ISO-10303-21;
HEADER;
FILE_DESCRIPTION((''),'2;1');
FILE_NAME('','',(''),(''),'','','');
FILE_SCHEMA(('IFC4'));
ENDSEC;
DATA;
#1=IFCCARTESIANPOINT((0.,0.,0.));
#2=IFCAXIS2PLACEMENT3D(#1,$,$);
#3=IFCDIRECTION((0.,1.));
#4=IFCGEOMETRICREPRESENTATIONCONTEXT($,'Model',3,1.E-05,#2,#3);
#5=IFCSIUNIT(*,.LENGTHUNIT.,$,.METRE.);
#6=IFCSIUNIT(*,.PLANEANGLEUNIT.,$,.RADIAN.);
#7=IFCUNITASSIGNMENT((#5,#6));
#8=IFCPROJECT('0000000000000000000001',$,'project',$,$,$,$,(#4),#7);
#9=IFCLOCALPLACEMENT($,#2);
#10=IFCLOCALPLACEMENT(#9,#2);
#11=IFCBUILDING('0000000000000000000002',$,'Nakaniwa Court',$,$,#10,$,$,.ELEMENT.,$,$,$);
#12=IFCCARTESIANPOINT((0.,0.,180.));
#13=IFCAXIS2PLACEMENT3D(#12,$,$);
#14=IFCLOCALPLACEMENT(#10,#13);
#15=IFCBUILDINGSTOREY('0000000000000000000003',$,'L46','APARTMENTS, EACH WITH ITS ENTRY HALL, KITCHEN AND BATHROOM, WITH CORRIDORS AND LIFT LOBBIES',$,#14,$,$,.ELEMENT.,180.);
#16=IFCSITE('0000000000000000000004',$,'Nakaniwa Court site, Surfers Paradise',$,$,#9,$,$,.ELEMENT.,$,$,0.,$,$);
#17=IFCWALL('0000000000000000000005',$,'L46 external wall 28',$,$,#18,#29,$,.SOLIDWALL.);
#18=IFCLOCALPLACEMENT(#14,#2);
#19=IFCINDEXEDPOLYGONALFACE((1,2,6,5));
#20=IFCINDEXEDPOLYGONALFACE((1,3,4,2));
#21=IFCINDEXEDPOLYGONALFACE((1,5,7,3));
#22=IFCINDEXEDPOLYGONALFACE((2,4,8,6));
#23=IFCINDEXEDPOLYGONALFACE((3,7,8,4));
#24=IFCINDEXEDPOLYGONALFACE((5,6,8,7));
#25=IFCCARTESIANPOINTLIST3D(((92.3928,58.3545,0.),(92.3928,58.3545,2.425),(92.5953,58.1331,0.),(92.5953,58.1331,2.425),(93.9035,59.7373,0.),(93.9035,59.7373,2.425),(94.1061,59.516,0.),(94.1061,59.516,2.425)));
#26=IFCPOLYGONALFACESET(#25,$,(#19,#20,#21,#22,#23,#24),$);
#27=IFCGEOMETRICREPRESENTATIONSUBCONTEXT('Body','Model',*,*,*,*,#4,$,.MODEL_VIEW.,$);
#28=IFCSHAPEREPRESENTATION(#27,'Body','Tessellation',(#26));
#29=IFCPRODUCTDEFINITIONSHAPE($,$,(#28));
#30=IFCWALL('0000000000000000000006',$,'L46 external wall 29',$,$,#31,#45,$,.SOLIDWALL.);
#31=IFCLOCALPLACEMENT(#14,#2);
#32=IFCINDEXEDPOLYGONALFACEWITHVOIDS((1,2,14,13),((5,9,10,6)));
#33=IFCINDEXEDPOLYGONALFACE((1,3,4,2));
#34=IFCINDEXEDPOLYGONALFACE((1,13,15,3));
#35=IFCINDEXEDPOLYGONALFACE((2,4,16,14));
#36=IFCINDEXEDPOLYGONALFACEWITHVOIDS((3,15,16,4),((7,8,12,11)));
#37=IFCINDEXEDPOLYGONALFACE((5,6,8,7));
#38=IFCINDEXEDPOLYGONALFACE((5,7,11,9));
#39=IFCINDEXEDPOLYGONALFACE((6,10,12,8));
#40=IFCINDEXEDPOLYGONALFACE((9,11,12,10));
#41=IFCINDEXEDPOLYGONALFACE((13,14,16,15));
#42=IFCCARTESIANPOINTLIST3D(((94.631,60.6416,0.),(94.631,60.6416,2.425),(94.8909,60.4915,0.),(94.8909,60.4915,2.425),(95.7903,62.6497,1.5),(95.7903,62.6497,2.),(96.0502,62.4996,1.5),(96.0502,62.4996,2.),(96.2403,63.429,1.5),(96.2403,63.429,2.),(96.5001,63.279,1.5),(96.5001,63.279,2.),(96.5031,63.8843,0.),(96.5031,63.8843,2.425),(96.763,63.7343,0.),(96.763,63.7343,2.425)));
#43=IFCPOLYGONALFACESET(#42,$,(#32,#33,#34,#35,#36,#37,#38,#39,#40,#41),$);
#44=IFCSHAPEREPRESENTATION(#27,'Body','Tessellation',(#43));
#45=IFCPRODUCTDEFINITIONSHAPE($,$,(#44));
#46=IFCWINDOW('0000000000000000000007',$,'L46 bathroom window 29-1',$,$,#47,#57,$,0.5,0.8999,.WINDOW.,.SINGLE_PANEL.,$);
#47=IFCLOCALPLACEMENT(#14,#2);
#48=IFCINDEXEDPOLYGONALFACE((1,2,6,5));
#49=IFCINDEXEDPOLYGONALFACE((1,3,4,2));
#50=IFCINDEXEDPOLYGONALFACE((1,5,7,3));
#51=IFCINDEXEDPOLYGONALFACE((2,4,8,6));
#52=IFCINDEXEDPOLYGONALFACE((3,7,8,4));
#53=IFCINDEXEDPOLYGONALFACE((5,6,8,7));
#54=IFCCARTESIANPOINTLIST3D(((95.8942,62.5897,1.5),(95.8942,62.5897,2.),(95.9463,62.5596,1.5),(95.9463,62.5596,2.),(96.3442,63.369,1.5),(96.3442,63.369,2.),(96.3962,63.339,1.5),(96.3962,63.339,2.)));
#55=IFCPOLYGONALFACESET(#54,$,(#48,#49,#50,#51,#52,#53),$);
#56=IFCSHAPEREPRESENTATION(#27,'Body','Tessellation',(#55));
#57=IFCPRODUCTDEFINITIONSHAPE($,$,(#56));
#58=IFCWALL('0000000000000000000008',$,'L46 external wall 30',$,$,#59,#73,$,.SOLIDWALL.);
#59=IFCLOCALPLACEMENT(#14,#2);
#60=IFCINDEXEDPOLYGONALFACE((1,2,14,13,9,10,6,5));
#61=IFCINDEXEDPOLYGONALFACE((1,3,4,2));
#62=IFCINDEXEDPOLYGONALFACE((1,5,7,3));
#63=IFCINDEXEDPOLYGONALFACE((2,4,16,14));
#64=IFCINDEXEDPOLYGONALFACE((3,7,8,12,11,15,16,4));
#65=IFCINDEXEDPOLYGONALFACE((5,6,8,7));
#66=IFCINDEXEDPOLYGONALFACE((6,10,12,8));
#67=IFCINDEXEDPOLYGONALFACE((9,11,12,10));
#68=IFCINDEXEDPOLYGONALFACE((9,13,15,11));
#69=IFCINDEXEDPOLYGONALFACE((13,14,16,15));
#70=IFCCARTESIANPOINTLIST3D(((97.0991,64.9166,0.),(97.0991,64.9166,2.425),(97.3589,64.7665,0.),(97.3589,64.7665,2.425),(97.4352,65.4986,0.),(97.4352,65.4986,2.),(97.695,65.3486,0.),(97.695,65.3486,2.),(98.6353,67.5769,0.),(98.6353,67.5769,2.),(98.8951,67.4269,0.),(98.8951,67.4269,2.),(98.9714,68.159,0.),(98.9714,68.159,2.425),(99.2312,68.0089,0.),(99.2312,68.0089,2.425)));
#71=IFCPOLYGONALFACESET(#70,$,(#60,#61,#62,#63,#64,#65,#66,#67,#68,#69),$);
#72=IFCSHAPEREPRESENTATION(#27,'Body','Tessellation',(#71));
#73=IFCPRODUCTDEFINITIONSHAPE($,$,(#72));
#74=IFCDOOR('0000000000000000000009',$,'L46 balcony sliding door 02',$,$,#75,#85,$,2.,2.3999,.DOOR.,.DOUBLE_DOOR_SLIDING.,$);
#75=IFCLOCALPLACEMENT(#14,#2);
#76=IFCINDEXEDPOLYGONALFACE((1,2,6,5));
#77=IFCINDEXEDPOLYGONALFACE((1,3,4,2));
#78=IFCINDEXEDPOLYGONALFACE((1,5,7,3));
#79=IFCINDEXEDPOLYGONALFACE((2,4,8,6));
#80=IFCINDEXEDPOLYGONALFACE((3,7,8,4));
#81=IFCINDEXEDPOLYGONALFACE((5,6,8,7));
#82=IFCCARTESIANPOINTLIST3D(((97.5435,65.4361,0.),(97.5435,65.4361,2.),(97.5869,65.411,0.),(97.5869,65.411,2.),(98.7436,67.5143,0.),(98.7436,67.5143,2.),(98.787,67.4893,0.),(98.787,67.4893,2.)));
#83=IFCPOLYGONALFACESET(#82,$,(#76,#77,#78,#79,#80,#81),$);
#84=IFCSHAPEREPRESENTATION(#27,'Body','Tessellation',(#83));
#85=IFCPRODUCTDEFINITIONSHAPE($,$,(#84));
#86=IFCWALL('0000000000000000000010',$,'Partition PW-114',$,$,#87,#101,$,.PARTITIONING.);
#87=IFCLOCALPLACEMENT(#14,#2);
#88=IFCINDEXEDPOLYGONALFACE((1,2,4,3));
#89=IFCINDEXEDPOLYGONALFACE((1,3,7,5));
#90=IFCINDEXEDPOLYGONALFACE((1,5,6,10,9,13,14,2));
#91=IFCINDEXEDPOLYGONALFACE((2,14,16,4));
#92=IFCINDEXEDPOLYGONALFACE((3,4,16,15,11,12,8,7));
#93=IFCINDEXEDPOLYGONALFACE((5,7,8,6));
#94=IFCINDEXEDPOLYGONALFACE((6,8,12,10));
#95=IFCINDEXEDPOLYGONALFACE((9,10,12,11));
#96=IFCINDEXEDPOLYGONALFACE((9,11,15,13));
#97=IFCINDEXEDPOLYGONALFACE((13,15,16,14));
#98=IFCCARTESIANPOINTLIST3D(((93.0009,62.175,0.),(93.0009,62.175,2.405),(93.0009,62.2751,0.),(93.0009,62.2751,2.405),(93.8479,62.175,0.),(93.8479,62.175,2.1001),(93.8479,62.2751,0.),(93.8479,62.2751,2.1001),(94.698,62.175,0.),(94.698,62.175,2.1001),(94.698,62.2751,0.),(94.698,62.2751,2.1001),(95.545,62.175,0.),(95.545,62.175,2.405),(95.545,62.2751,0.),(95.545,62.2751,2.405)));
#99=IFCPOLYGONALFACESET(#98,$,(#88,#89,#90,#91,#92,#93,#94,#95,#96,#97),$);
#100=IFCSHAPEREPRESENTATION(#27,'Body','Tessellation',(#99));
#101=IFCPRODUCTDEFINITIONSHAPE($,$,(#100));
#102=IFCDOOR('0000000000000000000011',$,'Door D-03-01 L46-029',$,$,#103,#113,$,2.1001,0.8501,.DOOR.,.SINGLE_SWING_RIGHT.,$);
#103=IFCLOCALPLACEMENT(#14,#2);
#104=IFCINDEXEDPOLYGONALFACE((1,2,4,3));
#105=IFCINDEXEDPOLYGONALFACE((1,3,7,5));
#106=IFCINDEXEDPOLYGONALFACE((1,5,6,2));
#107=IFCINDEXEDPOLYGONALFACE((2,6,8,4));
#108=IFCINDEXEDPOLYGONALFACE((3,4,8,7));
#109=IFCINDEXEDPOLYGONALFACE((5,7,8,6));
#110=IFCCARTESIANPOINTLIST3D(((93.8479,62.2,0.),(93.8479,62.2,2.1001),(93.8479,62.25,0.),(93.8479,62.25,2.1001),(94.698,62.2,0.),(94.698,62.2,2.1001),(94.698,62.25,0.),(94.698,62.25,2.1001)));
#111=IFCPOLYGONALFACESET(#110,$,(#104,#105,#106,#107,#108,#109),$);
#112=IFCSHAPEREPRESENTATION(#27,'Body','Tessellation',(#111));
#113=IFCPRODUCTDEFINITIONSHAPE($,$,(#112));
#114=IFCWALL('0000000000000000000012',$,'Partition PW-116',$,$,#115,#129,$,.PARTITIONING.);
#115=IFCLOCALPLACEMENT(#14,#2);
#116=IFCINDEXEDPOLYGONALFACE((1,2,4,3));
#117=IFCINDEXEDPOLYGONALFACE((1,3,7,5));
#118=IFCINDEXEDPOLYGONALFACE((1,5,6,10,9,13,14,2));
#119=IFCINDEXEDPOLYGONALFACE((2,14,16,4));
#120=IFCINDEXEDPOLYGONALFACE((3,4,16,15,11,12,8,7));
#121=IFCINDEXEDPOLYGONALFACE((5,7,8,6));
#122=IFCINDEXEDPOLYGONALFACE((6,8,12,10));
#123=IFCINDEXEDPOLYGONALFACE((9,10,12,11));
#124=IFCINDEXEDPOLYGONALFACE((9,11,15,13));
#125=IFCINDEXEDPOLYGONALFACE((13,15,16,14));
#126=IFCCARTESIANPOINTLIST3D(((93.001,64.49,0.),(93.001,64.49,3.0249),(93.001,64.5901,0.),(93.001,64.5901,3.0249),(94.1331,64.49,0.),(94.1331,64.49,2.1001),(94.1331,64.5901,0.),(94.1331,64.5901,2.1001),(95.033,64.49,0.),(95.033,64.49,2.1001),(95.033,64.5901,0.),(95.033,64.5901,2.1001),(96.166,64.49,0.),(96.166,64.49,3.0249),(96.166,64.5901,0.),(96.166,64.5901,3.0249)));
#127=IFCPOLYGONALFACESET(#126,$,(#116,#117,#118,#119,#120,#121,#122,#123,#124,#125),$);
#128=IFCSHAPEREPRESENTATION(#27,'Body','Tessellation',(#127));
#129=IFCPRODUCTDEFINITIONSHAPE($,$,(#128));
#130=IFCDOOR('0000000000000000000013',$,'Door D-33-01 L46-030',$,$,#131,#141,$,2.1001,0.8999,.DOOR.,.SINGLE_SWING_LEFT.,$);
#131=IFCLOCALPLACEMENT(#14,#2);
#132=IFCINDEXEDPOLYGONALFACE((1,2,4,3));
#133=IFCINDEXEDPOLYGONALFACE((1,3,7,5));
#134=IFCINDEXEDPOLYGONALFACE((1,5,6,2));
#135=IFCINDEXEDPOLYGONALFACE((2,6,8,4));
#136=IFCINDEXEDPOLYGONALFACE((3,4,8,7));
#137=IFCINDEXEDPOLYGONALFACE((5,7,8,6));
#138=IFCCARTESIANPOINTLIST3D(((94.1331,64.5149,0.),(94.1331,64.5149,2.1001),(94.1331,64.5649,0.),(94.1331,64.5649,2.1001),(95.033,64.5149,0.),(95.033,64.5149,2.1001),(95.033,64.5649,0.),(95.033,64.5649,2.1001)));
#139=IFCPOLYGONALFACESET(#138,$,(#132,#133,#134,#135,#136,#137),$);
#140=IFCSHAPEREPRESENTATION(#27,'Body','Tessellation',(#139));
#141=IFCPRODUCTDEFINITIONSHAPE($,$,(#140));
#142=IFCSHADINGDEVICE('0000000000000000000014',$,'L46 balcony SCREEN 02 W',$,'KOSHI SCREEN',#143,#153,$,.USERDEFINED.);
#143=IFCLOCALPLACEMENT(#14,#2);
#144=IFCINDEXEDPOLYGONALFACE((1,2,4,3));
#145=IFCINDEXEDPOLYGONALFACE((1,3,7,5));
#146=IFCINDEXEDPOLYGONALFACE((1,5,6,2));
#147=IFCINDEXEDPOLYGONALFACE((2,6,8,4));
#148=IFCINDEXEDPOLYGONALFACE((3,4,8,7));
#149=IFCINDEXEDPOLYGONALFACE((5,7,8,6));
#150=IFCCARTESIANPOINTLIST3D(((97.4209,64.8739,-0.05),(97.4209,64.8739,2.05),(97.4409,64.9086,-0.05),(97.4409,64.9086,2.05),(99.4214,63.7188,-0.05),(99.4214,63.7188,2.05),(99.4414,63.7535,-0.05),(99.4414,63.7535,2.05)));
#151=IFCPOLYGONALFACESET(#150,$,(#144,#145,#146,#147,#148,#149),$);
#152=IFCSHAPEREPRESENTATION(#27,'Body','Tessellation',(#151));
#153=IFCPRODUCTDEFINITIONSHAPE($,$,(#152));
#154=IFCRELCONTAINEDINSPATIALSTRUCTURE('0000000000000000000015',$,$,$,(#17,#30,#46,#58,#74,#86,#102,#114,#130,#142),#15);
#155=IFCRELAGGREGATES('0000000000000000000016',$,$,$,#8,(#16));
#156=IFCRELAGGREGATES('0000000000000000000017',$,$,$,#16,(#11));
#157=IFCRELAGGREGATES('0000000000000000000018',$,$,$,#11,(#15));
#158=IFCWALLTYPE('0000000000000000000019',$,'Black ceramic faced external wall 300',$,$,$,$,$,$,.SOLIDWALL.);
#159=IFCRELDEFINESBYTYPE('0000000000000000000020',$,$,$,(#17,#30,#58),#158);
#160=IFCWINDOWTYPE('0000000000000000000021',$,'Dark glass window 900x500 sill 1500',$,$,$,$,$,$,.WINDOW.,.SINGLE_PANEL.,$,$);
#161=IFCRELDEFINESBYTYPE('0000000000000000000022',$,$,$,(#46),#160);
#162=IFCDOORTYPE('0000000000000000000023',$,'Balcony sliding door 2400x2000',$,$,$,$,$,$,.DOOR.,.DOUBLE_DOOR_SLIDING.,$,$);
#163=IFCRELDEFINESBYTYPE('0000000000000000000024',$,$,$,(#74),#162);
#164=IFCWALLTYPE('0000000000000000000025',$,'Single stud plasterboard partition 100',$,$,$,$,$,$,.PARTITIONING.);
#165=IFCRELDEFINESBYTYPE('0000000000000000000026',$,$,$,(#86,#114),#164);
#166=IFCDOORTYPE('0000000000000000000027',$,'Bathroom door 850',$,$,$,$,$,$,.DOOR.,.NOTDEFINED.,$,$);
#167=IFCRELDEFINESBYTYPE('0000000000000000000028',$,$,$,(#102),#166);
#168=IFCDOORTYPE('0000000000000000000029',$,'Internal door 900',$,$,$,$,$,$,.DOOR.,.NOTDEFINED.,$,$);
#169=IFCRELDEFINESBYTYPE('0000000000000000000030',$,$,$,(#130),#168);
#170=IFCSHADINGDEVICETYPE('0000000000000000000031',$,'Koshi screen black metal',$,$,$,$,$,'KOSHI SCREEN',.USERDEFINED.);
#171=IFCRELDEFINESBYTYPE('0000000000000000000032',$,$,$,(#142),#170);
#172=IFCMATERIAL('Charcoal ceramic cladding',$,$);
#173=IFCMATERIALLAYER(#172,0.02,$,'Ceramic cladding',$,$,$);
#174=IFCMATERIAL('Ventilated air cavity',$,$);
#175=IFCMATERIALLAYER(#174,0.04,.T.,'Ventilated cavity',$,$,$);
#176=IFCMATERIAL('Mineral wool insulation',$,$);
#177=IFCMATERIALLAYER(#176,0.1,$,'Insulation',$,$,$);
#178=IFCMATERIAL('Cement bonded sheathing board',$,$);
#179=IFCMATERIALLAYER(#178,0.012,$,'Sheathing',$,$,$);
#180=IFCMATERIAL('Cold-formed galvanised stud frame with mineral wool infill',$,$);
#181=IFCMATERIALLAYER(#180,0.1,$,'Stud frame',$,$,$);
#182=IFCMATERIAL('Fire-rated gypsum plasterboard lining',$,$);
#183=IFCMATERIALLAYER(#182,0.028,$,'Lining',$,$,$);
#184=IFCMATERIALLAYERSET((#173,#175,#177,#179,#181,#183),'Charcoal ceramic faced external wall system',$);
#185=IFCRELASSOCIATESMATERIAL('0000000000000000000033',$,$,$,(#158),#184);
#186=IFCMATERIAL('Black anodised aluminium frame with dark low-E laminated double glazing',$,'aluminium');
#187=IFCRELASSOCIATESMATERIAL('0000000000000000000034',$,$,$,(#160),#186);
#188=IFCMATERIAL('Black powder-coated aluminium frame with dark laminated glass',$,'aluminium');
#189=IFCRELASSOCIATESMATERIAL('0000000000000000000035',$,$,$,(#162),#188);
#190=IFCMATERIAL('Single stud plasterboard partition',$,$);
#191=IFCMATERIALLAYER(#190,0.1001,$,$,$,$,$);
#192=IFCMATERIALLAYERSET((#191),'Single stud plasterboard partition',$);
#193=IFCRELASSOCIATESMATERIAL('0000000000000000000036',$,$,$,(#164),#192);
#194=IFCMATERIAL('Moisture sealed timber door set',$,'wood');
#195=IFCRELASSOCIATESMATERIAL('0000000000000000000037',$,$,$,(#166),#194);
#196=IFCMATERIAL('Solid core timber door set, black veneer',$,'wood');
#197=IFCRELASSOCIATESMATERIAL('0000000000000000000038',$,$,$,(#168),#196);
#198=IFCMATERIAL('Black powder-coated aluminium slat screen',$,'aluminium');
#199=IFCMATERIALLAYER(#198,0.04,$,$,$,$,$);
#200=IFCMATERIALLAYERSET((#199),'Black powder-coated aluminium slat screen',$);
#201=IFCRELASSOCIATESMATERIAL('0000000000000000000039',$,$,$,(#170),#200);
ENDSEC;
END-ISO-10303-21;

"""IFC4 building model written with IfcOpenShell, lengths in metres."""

from ifc_helpers import new_model, si_unit, direction, frame, frame_2d, origin, origin_2d, place, context, subcontext, project, spatial, rectangle, extrude, material, layer, layer_set, type_object, element, fill, save


model = new_model("IFC4")

# Units and contexts
model_context = context("Model", 3, precision=1e-05, world=origin(), true_north=direction((0.0, 1.0)))
body_context = subcontext(model_context, "Body", "Model", "MODEL_VIEW")
ifc_project = project(units=[si_unit("LENGTHUNIT", "METRE"), si_unit("PLANEANGLEUNIT", "RADIAN")], contexts=[model_context])

# Site, building, storey
site_placement = place(None, origin())
site = spatial("IfcSite", under=ifc_project, at=site_placement, Name="Nakaniwa Court site, Surfers Paradise", CompositionType="ELEMENT", RefElevation=0.0)
building_placement = place(site_placement, origin())
building = spatial("IfcBuilding", under=site, at=building_placement, Name="Nakaniwa Court", CompositionType="ELEMENT")
storey_placement = place(building_placement, frame((0.0, 0.0, 180.0)))
storey = spatial("IfcBuildingStorey", under=building, at=storey_placement, Name="L46", Description="APARTMENTS, EACH WITH ITS ENTRY HALL, KITCHEN AND BATHROOM, WITH CORRIDORS AND LIFT LOBBIES", CompositionType="ELEMENT", Elevation=180.0)

# Shared definitions
ifc_material_1 = material(Name="Solid core timber door set, black veneer", Category="wood")

# Shared definitions
ifc_material_2 = material(Name="Charcoal ceramic cladding")
ifc_layer_1 = layer(ifc_material_2, 0.02, Name="Ceramic cladding")
ifc_material_3 = material(Name="Ventilated air cavity")
ifc_layer_2 = layer(ifc_material_3, 0.04, ventilated=True, Name="Ventilated cavity")
ifc_material_4 = material(Name="Mineral wool insulation")
ifc_layer_3 = layer(ifc_material_4, 0.1, Name="Insulation")
ifc_material_5 = material(Name="Cement bonded sheathing board")
ifc_layer_4 = layer(ifc_material_5, 0.012, Name="Sheathing")
ifc_material_6 = material(Name="Cold-formed galvanised stud frame with mineral wool infill")
ifc_layer_5 = layer(ifc_material_6, 0.1, Name="Stud frame")
ifc_material_7 = material(Name="Fire-rated gypsum plasterboard lining")
ifc_layer_6 = layer(ifc_material_7, 0.028, Name="Lining")
ifc_layer_set_1 = layer_set([ifc_layer_1, ifc_layer_2, ifc_layer_3, ifc_layer_4, ifc_layer_5, ifc_layer_6], Name="Charcoal ceramic faced external wall system")
wall_type_1 = type_object("IfcWallType", Name="Black ceramic faced external wall 300", PredefinedType="SOLIDWALL", material=ifc_layer_set_1)
ifc_material_8 = material(Name="Black anodised aluminium frame with dark low-E laminated double glazing", Category="aluminium")

# Wall
wall_1_placement = place(storey_placement, frame((92.4941, 58.2439, 0.0), z_axis=(0.0, 0.0, 1.0), x_axis=(0.737649, 0.675185, 0.0)))
element("IfcWall", 1, at=wall_1_placement, inside=storey, type_object=wall_type_1, Name="L46 external wall 28", PredefinedType="SOLIDWALL", context=body_context, shape_type="SweptSolid", body=[
    extrude(rectangle(XDim=2.0481, YDim=0.3, at=frame_2d((1.0239, 0.0))), origin(), (0.0, 0.0, 1.0), 2.425),
])

# Wall, opening, window
wall_2_placement = place(storey_placement, frame((94.761, 60.5667, 0.0), z_axis=(0.0, 0.0, 1.0), x_axis=(0.499982, 0.866036, 0.0)))
wall_2 = element("IfcWall", 2, at=wall_2_placement, inside=storey, type_object=wall_type_1, Name="L46 external wall 29", PredefinedType="SOLIDWALL", context=body_context, shape_type="SweptSolid", body=[
    extrude(rectangle(XDim=3.7444, YDim=0.3, at=frame_2d((1.8721, 0.0))), origin(), (0.0, 0.0, 1.0), 2.425),
])
opening_1_placement = place(wall_2_placement, frame((2.3186, 0.0, 1.5)))
opening_1 = element("IfcOpeningElement", 3, at=opening_1_placement, cuts=wall_2, PredefinedType="OPENING", context=body_context, shape_type="SweptSolid", body=[
    extrude(rectangle(XDim=0.8999, YDim=0.5, at=frame_2d((0.45, 0.25))), frame((0.0, 0.1599, 0.0), z_axis=(0.0, -1.0, 0.0), x_axis=(1.0, 0.0, 0.0)), (0.0, 0.0, 1.0), 0.3201),
])
window_type_1 = type_object("IfcWindowType", Name="Dark glass window 900x500 sill 1500", PartitioningType="SINGLE_PANEL", PredefinedType="WINDOW", material=ifc_material_8)
window_1_placement = place(opening_1_placement, origin())
window_1 = element("IfcWindow", 4, at=window_1_placement, inside=storey, type_object=window_type_1, Name="L46 bathroom window 29-1", OverallHeight=0.5, OverallWidth=0.8999, PartitioningType="SINGLE_PANEL", PredefinedType="WINDOW", context=body_context, shape_type="SweptSolid", body=[
    extrude(rectangle(XDim=0.8999, YDim=0.5, at=frame_2d((0.45, 0.25))), frame((0.0, 0.03, 0.0), z_axis=(0.0, -1.0, 0.0), x_axis=(1.0, 0.0, 0.0)), (0.0, 0.0, 1.0), 0.0601),
])
fill(opening_1, window_1)

# Walls, openings, doors
wall_3_placement = place(storey_placement, frame((97.229, 64.8416, 0.0), z_axis=(0.0, 0.0, 1.0), x_axis=(0.500059, 0.865991, 0.0)))
wall_3 = element("IfcWall", 5, at=wall_3_placement, inside=storey, type_object=wall_type_1, Name="L46 external wall 30", PredefinedType="SOLIDWALL", context=body_context, shape_type="SweptSolid", body=[
    extrude(rectangle(XDim=3.7441, YDim=0.3, at=frame_2d((1.8721, 0.0))), origin(), (0.0, 0.0, 1.0), 2.425),
])
opening_2_placement = place(wall_3_placement, frame((0.6721, 0.0, 0.0)))
opening_2 = element("IfcOpeningElement", 6, at=opening_2_placement, cuts=wall_3, PredefinedType="OPENING", context=body_context, shape_type="SweptSolid", body=[
    extrude(rectangle(XDim=2.3999, YDim=2.0, at=frame_2d((1.2, 1.0))), frame((0.0, 0.1599, 0.0), z_axis=(0.0, -1.0, 0.0), x_axis=(1.0, 0.0, 0.0)), (0.0, 0.0, 1.0), 0.3201),
])
ifc_material_9 = material(Name="Black powder-coated aluminium frame with dark laminated glass", Category="aluminium")
door_type_1 = type_object("IfcDoorType", Name="Balcony sliding door 2400x2000", OperationType="DOUBLE_DOOR_SLIDING", PredefinedType="DOOR", material=ifc_material_9)
door_1_placement = place(opening_2_placement, origin())
door_1 = element("IfcDoor", 7, at=door_1_placement, inside=storey, type_object=door_type_1, Name="L46 balcony sliding door 02", OperationType="DOUBLE_DOOR_SLIDING", OverallHeight=2.0, OverallWidth=2.3999, PredefinedType="DOOR", context=body_context, shape_type="SweptSolid", body=[
    extrude(rectangle(XDim=2.3999, YDim=2.0, at=frame_2d((1.2, 1.0))), frame((0.0, 0.0249, 0.0), z_axis=(0.0, -1.0, 0.0), x_axis=(1.0, 0.0, 0.0)), (0.0, 0.0, 1.0), 0.05),
])
fill(opening_2, door_1)
ifc_material_10 = material(Name="Single stud plasterboard partition")
ifc_layer_7 = layer(ifc_material_10, 0.1001)
ifc_layer_set_2 = layer_set([ifc_layer_7], Name="Single stud plasterboard partition")
wall_type_2 = type_object("IfcWallType", Name="Single stud plasterboard partition 100", PredefinedType="PARTITIONING", material=ifc_layer_set_2)
wall_4_placement = place(storey_placement, frame((93.001, 62.2251, 0.0), z_axis=(0.0, 0.0, 1.0), x_axis=(1.0, 0.0, 0.0)))
wall_4 = element("IfcWall", 8, at=wall_4_placement, inside=storey, type_object=wall_type_2, Name="Partition PW-114", PredefinedType="PARTITIONING", context=body_context, shape_type="SweptSolid", body=[
    extrude(rectangle(XDim=2.5442, YDim=0.1001, at=frame_2d((1.272, 0.0))), origin(), (0.0, 0.0, 1.0), 2.405),
])
opening_3_placement = place(wall_4_placement, frame((0.8469, 0.0, 0.0)))
opening_3 = element("IfcOpeningElement", 9, at=opening_3_placement, cuts=wall_4, PredefinedType="OPENING", context=body_context, shape_type="SweptSolid", body=[
    extrude(rectangle(XDim=0.8501, YDim=2.1001, at=frame_2d((0.425, 1.05))), frame((0.0, 0.0601, 0.0), z_axis=(0.0, -1.0, 0.0), x_axis=(1.0, 0.0, 0.0)), (0.0, 0.0, 1.0), 0.1201),
])
ifc_material_11 = material(Name="Moisture sealed timber door set", Category="wood")
door_type_2 = type_object("IfcDoorType", Name="Bathroom door 850", OperationType="NOTDEFINED", PredefinedType="DOOR", material=ifc_material_11)
door_2_placement = place(opening_3_placement, origin())
door_2 = element("IfcDoor", 10, at=door_2_placement, inside=storey, type_object=door_type_2, Name="Door D-03-01 L46-029", OperationType="SINGLE_SWING_RIGHT", OverallHeight=2.1001, OverallWidth=0.8501, PredefinedType="DOOR", context=body_context, shape_type="SweptSolid", body=[
    extrude(rectangle(XDim=0.8501, YDim=2.1001, at=frame_2d((0.425, 1.05))), frame((0.0, 0.0249, 0.0), z_axis=(0.0, -1.0, 0.0), x_axis=(1.0, 0.0, 0.0)), (0.0, 0.0, 1.0), 0.05),
])
fill(opening_3, door_2)
wall_5_placement = place(storey_placement, frame((93.001, 64.54, 0.0), z_axis=(0.0, 0.0, 1.0), x_axis=(1.0, 0.0, 0.0)))
wall_5 = element("IfcWall", 11, at=wall_5_placement, inside=storey, type_object=wall_type_2, Name="Partition PW-116", PredefinedType="PARTITIONING", context=body_context, shape_type="SweptSolid", body=[
    extrude(rectangle(XDim=3.165, YDim=0.1001, at=frame_2d((1.5825, 0.0))), origin(), (0.0, 0.0, 1.0), 3.0249),
])
opening_4_placement = place(wall_5_placement, frame((1.1321, 0.0, 0.0)))
opening_4 = element("IfcOpeningElement", 12, at=opening_4_placement, cuts=wall_5, PredefinedType="OPENING", context=body_context, shape_type="SweptSolid", body=[
    extrude(rectangle(XDim=0.8999, YDim=2.1001, at=frame_2d((0.45, 1.05))), frame((0.0, 0.0601, 0.0), z_axis=(0.0, -1.0, 0.0), x_axis=(1.0, 0.0, 0.0)), (0.0, 0.0, 1.0), 0.1201),
])
door_type_3 = type_object("IfcDoorType", Name="Internal door 900", OperationType="NOTDEFINED", PredefinedType="DOOR", material=ifc_material_1)
door_3_placement = place(opening_4_placement, origin())
door_3 = element("IfcDoor", 13, at=door_3_placement, inside=storey, type_object=door_type_3, Name="Door D-33-01 L46-030", OperationType="SINGLE_SWING_LEFT", OverallHeight=2.1001, OverallWidth=0.8999, PredefinedType="DOOR", context=body_context, shape_type="SweptSolid", body=[
    extrude(rectangle(XDim=0.8999, YDim=2.1001, at=frame_2d((0.45, 1.05))), frame((0.0, 0.0249, 0.0), z_axis=(0.0, -1.0, 0.0), x_axis=(1.0, 0.0, 0.0)), (0.0, 0.0, 1.0), 0.05),
])
fill(opening_4, door_3)

# Shading device
ifc_material_12 = material(Name="Black powder-coated aluminium slat screen", Category="aluminium")
ifc_layer_8 = layer(ifc_material_12, 0.04)
ifc_layer_set_3 = layer_set([ifc_layer_8], Name="Black powder-coated aluminium slat screen")
shading_device_type_1 = type_object("IfcShadingDeviceType", Name="Koshi screen black metal", ElementType="KOSHI SCREEN", PredefinedType="USERDEFINED", material=ifc_layer_set_3)
shading_device_placement = place(storey_placement, frame((98.4312, 64.3137, -0.05), z_axis=(0.0, 0.0, 1.0), x_axis=(0.500017, 0.866016, 0.0)))
element("IfcShadingDevice", 14, at=shading_device_placement, inside=storey, type_object=shading_device_type_1, Name="L46 balcony SCREEN 02 W", ObjectType="KOSHI SCREEN", PredefinedType="USERDEFINED", context=body_context, shape_type="SweptSolid", body=[
    extrude(rectangle(XDim=0.04, YDim=2.3101, at=origin_2d()), origin(), (0.0, 0.0, 1.0), 2.1001),
])

save(model, "model.ifc")
